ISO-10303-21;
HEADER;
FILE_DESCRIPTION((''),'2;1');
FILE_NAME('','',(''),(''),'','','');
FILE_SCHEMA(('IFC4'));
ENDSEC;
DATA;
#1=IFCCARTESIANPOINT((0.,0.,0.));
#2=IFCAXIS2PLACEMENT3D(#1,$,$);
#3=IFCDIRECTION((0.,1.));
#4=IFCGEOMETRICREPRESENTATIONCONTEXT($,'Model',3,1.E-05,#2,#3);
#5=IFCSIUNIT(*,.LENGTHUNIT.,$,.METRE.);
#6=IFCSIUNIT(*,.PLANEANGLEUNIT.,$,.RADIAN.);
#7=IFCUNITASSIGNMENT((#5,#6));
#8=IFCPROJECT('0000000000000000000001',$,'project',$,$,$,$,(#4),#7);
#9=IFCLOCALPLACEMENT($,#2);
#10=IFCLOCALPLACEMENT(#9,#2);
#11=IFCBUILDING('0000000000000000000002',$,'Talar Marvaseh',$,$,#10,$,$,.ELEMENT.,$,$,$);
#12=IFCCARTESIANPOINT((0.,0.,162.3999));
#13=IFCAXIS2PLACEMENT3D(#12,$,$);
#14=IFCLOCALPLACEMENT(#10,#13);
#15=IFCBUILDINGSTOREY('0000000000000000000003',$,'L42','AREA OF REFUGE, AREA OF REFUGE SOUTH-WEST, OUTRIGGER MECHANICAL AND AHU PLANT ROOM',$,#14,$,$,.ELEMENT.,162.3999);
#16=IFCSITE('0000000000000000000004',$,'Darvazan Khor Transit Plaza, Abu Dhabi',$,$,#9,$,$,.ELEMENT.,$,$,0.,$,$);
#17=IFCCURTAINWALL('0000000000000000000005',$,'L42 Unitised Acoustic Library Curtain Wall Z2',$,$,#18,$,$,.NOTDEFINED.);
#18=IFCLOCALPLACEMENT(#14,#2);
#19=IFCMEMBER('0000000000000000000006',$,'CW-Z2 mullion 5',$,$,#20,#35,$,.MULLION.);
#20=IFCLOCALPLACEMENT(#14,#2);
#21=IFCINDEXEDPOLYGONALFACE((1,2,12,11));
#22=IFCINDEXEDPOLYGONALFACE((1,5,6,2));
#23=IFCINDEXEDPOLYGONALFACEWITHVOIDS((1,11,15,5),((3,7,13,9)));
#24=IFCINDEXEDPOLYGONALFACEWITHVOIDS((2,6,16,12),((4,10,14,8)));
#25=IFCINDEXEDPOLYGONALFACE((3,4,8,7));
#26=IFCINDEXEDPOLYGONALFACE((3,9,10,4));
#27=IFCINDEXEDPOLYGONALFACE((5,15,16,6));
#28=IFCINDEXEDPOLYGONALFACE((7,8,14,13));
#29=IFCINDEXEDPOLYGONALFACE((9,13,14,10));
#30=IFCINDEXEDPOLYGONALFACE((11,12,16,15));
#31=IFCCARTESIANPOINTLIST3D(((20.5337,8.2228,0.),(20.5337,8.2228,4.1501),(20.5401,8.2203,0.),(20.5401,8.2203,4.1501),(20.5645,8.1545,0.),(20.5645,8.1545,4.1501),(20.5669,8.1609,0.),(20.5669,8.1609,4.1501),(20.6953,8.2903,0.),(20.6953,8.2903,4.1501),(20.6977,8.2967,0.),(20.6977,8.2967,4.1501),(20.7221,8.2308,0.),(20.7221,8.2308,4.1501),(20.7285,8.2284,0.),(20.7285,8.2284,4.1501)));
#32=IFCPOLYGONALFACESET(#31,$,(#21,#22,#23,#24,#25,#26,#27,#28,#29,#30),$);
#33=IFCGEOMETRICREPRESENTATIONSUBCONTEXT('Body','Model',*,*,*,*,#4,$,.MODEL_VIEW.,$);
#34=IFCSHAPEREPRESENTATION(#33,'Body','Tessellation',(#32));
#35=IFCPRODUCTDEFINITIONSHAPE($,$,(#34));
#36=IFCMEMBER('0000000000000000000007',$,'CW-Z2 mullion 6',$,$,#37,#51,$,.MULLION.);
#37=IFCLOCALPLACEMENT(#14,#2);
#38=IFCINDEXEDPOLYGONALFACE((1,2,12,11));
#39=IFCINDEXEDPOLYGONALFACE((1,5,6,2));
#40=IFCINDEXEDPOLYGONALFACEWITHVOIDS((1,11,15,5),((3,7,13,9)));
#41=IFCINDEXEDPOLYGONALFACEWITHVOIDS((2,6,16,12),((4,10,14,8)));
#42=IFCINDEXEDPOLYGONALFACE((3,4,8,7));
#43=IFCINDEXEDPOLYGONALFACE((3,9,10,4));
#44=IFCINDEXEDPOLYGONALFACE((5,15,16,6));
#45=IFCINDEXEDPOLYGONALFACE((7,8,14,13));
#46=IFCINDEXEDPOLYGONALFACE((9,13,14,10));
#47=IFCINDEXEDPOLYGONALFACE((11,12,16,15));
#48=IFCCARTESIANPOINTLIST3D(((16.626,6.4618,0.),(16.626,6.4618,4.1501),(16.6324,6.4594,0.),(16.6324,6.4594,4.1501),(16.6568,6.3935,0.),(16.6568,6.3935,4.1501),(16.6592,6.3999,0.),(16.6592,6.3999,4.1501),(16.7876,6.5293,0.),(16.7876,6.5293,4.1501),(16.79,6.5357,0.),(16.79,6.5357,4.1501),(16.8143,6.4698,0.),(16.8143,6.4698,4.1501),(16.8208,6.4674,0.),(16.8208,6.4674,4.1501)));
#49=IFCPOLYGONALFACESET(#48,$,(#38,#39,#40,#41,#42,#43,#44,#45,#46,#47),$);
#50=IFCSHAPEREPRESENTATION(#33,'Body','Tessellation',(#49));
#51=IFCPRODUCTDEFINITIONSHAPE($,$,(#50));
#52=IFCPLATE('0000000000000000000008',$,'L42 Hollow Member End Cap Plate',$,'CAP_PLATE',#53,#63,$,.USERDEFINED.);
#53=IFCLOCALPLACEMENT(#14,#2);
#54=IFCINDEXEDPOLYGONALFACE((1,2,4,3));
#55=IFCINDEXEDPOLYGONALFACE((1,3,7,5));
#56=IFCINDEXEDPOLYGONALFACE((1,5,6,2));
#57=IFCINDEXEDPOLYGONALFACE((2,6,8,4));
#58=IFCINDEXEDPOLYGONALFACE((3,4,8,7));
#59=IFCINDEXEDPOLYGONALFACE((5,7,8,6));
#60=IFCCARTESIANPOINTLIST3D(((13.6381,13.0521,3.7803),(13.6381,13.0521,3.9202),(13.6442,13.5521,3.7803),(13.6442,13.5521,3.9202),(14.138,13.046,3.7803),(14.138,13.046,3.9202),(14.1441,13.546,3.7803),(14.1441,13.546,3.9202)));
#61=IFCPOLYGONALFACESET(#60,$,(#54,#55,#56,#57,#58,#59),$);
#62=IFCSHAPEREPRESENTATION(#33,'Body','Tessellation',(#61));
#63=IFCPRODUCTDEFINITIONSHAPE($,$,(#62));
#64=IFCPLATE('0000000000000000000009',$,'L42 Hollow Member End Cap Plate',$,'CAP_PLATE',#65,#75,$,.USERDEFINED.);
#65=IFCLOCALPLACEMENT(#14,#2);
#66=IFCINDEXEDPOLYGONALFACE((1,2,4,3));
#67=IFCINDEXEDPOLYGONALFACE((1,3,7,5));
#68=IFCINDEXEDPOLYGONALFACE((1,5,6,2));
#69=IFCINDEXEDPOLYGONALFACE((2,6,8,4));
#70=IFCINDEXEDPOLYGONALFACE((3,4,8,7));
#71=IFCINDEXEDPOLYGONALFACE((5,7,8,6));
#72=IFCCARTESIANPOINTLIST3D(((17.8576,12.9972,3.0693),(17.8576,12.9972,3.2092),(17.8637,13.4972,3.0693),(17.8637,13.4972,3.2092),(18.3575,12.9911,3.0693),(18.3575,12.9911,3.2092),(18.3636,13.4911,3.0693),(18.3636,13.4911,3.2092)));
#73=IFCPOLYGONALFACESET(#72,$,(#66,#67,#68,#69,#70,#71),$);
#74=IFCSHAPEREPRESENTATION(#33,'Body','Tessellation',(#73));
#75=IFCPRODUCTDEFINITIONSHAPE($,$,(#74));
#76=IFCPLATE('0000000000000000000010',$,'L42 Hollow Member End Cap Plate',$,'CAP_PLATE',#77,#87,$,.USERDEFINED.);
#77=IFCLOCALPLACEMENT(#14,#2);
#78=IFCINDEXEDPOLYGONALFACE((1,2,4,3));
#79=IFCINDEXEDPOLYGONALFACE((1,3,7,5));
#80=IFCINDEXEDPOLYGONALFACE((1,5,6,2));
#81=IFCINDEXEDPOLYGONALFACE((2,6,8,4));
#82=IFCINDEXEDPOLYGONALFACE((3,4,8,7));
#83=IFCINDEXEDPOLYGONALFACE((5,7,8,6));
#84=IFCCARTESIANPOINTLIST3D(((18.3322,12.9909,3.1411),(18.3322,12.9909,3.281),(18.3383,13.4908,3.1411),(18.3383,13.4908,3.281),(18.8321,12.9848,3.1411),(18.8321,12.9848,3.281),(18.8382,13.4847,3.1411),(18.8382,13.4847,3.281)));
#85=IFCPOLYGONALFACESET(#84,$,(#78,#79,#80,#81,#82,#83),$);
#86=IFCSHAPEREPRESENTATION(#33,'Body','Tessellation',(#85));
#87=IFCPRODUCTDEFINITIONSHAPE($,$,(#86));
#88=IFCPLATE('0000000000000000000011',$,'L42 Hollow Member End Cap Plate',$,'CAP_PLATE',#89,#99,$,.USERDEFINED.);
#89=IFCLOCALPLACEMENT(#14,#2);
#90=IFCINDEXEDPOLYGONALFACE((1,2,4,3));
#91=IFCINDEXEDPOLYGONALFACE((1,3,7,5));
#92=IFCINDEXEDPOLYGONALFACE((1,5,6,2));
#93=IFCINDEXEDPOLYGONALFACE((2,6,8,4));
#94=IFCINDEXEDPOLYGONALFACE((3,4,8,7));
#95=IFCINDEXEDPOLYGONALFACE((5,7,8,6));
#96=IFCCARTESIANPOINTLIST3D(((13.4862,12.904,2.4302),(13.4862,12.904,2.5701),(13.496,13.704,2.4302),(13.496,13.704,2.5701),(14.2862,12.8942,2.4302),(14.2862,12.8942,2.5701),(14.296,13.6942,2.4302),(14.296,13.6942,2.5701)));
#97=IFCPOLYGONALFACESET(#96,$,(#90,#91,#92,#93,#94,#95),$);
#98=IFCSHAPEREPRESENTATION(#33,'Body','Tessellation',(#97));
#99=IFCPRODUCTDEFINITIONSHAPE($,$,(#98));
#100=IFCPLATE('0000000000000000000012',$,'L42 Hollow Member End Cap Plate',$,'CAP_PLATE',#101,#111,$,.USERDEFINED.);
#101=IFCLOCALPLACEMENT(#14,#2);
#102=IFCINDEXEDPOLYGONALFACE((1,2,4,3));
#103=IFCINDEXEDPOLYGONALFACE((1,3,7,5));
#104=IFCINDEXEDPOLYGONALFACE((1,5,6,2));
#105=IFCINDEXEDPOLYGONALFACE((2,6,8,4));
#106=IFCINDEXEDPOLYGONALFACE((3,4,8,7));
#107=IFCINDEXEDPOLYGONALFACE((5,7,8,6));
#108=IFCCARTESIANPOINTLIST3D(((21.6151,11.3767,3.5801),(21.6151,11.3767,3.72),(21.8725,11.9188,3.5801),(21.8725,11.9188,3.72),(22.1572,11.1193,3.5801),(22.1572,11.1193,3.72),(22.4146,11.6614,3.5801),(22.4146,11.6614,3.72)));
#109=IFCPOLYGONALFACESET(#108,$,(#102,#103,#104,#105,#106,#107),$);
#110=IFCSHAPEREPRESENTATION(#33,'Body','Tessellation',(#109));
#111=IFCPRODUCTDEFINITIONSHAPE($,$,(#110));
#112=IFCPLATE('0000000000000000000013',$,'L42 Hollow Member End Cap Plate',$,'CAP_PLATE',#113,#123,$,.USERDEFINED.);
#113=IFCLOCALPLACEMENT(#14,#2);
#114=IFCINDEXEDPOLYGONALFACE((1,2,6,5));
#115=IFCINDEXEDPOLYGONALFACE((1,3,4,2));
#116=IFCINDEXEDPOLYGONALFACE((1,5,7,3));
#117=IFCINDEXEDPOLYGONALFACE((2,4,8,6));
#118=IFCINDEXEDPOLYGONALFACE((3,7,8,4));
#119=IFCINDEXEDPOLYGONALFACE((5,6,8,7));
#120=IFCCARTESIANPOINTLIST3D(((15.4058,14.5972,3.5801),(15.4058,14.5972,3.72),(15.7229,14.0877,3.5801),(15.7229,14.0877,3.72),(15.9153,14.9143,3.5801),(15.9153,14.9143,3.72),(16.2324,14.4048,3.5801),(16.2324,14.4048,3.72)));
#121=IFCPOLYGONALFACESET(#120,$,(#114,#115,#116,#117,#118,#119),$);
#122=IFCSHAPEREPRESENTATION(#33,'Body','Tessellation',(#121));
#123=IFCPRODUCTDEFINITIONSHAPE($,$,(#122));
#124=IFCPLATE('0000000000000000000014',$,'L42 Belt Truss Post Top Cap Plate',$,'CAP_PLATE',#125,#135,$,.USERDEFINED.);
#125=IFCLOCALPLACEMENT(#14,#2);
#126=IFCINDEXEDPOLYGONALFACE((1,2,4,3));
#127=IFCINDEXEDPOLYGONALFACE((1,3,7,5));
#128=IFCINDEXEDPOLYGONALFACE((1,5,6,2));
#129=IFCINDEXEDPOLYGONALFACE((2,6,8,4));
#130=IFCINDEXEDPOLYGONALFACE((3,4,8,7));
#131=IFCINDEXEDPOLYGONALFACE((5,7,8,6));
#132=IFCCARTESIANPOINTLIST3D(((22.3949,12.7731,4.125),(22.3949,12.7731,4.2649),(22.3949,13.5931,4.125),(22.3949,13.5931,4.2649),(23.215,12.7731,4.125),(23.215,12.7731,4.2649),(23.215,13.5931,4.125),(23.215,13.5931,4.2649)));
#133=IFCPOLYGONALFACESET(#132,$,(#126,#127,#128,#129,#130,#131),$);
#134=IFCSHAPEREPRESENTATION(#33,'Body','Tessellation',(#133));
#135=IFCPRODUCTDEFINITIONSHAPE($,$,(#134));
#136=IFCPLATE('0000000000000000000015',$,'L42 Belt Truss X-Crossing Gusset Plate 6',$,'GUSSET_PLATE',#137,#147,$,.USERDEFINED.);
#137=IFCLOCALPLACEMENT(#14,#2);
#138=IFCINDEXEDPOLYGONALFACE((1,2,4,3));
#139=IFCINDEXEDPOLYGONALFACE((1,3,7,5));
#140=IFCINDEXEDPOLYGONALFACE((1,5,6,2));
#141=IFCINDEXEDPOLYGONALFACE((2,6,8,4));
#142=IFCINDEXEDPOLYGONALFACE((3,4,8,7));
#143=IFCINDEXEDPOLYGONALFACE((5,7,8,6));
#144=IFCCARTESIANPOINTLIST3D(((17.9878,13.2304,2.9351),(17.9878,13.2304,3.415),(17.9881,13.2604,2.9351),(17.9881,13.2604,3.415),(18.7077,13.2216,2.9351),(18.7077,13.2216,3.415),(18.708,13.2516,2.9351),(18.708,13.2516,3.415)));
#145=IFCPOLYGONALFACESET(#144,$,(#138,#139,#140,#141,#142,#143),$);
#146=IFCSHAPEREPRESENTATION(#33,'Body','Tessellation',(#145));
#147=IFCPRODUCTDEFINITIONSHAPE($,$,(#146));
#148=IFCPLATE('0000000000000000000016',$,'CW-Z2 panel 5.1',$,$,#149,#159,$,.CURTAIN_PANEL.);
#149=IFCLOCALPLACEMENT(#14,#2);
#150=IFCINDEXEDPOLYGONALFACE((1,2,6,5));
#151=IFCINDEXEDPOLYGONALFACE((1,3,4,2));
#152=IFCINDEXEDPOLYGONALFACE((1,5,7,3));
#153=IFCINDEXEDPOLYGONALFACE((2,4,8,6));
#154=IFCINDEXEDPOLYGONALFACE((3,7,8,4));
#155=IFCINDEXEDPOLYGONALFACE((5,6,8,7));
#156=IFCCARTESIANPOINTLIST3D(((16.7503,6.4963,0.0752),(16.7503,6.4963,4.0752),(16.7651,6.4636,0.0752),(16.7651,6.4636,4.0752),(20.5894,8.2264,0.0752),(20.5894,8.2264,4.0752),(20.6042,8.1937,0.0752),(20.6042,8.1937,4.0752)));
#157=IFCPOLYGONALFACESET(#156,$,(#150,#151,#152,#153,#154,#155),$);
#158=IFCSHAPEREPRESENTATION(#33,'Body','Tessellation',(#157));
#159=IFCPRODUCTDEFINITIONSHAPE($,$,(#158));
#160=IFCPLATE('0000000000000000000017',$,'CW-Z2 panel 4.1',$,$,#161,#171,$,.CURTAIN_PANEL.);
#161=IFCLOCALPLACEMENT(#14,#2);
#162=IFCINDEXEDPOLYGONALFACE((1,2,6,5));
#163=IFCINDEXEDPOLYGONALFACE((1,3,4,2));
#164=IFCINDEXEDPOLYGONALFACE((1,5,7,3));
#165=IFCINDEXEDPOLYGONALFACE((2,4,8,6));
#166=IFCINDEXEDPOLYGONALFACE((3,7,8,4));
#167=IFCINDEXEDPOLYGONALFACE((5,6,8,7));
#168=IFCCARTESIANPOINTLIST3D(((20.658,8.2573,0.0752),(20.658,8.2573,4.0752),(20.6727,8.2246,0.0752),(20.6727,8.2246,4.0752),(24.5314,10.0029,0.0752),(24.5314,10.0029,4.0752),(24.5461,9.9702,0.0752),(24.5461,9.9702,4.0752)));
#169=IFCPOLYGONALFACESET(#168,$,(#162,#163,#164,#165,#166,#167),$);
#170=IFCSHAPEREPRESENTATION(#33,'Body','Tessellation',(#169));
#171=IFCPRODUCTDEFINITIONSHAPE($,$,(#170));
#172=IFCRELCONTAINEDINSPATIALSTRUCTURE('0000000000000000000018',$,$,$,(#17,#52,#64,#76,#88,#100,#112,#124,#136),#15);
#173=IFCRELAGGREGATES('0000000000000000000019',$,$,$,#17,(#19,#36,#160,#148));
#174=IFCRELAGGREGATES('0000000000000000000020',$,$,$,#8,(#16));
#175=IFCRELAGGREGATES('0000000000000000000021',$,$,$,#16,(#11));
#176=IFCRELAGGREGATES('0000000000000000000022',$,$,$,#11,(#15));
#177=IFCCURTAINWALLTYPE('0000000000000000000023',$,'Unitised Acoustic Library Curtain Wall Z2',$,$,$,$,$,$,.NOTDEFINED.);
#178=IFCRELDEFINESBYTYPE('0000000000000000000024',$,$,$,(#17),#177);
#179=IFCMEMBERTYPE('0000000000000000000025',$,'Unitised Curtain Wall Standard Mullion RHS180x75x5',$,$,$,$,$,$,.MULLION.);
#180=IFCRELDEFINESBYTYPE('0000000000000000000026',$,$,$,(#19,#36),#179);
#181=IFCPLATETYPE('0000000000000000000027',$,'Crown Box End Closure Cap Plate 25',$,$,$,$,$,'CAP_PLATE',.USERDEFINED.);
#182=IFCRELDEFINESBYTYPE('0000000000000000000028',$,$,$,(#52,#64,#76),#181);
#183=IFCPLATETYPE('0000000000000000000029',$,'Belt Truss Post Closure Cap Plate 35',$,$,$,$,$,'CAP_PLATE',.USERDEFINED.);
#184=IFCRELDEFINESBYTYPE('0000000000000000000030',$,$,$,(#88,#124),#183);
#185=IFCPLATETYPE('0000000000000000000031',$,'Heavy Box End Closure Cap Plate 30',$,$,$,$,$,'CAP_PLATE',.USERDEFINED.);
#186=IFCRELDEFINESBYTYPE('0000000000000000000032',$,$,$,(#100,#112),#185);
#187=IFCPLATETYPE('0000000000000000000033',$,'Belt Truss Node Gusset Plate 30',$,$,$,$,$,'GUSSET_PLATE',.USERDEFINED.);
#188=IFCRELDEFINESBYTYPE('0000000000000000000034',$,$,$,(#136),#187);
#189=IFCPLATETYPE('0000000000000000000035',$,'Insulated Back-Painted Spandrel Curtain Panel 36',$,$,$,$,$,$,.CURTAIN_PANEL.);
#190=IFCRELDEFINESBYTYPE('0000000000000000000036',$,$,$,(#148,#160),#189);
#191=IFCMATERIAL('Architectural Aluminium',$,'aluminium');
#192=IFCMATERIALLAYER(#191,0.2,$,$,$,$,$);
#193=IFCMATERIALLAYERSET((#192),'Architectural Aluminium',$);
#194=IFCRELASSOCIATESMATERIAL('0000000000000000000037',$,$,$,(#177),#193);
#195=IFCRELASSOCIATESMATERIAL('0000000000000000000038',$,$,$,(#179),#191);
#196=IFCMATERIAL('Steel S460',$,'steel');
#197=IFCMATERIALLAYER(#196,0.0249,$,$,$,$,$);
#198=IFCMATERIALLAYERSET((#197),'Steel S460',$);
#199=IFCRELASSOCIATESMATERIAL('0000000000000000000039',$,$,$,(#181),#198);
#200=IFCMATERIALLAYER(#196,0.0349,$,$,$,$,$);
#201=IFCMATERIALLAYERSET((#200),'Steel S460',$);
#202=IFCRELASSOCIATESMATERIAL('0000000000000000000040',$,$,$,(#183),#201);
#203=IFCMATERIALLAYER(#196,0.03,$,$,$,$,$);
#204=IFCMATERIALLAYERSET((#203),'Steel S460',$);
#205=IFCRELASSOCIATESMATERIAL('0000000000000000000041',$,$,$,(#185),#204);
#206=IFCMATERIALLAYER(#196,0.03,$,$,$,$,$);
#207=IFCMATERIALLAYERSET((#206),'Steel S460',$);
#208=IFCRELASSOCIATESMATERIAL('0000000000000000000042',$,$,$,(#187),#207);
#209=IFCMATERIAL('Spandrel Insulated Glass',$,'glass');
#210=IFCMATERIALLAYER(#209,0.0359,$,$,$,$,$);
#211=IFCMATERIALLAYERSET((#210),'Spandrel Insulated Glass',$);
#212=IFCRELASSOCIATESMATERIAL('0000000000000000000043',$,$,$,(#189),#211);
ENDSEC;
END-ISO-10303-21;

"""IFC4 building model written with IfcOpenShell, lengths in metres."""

from ifc_helpers import new_model, si_unit, direction, frame, origin, origin_2d, place, context, subcontext, project, spatial, rectangle, hollow_rectangle, extrude, source, transform, mapped, material, layer, layer_set, material_profile, profile_set, type_object, type_shapes, element, aggregate, save


model = new_model("IFC4")

# Units and contexts
model_context = context("Model", 3, precision=1e-05, world=origin(), true_north=direction((0.0, 1.0)))
body_context = subcontext(model_context, "Body", "Model", "MODEL_VIEW")
ifc_project = project(units=[si_unit("LENGTHUNIT", "METRE"), si_unit("PLANEANGLEUNIT", "RADIAN")], contexts=[model_context])

# Site, building, storey
site_placement = place(None, origin())
site = spatial("IfcSite", under=ifc_project, at=site_placement, Name="Darvazan Khor Transit Plaza, Abu Dhabi", CompositionType="ELEMENT", RefElevation=0.0)
building_placement = place(site_placement, origin())
building = spatial("IfcBuilding", under=site, at=building_placement, Name="Talar Marvaseh", CompositionType="ELEMENT")
storey_placement = place(building_placement, frame((0.0, 0.0, 162.3999)))
storey = spatial("IfcBuildingStorey", under=building, at=storey_placement, Name="L42", Description="AREA OF REFUGE, AREA OF REFUGE SOUTH-WEST, OUTRIGGER MECHANICAL AND AHU PLANT ROOM", CompositionType="ELEMENT", Elevation=162.3999)

# Shared definitions
ifc_material_1 = material(Name="Steel S460", Category="steel")

# Curtain wall
ifc_material_2 = material(Name="Architectural Aluminium", Category="aluminium")
ifc_layer_1 = layer(ifc_material_2, 0.2)
ifc_layer_set_1 = layer_set([ifc_layer_1], Name="Architectural Aluminium")
curtain_wall_type = type_object("IfcCurtainWallType", Name="Unitised Acoustic Library Curtain Wall Z2", PredefinedType="NOTDEFINED", material=ifc_layer_set_1)
curtain_wall_1_placement = place(storey_placement, origin())
curtain_wall_1 = element("IfcCurtainWall", 1, at=curtain_wall_1_placement, inside=storey, type_object=curtain_wall_type, Name="L42 Unitised Acoustic Library Curtain Wall Z2", PredefinedType="NOTDEFINED")

# Members
ifc_material_profile_1 = material_profile(ifc_material_2, hollow_rectangle(XDim=0.075, YDim=0.1799, WallThickness=0.0049, at=origin_2d()), Name="RHS180x75x5")
ifc_profile_set_1 = profile_set([ifc_material_profile_1], Name="Architectural Aluminium")
member_type_1 = type_object("IfcMemberType", Name="Unitised Curtain Wall Standard Mullion RHS180x75x5", PredefinedType="MULLION", material=ifc_profile_set_1)
shared_shape_1 = source(origin(), body_context, "Body", "SweptSolid", [
    extrude(hollow_rectangle(XDim=0.075, YDim=0.1799, WallThickness=0.0049, at=origin_2d()), origin(), (0.0, 0.0, 1.0), 4.1501),
])
type_shapes(member_type_1, [shared_shape_1])
member_1_placement = place(storey_placement, frame((20.6311, 8.2256, 0.0), z_axis=(0.0, 0.0, 1.0), x_axis=(0.410862, -0.911697, 0.0)))
member_1 = element("IfcMember", 2, at=member_1_placement, type_object=member_type_1, Name="CW-Z2 mullion 5", PredefinedType="MULLION", context=body_context, shape_type="MappedRepresentation", body=[
    mapped(shared_shape_1, transform((0.0, 0.0, 0.0), x_axis=(1.0, 0.0, 0.0), y_axis=(0.0, 1.0, 0.0), z_axis=(0.0, 0.0, 1.0), scale=1.0)),
])
member_2_placement = place(storey_placement, frame((16.7234, 6.4646, 0.0), z_axis=(0.0, 0.0, 1.0), x_axis=(0.410862, -0.911697, 0.0)))
member_2 = element("IfcMember", 3, at=member_2_placement, type_object=member_type_1, Name="CW-Z2 mullion 6", PredefinedType="MULLION", context=body_context, shape_type="MappedRepresentation", body=[
    mapped(shared_shape_1, transform((0.0, 0.0, 0.0), x_axis=(1.0, 0.0, 0.0), y_axis=(0.0, 1.0, 0.0), z_axis=(0.0, 0.0, 1.0), scale=1.0)),
])

# Plates
ifc_layer_2 = layer(ifc_material_1, 0.0249)
ifc_layer_set_2 = layer_set([ifc_layer_2], Name="Steel S460")
plate_type_1 = type_object("IfcPlateType", Name="Crown Box End Closure Cap Plate 25", ElementType="CAP_PLATE", PredefinedType="USERDEFINED", material=ifc_layer_set_2)
shared_shape_2 = source(origin(), body_context, "Body", "SweptSolid", [
    extrude(rectangle(XDim=0.5, YDim=0.5, at=origin_2d()), origin(), (0.0, 0.0, 1.0), 0.1399),
])
type_shapes(plate_type_1, [shared_shape_2])
for number, where, z_axis, x_axis, name in (
    (4, (13.8911, 13.2991, 3.7803), (0.0, 0.0, 1.0), (-0.999925, 0.012217, 0.0), "L42 Hollow Member End Cap Plate"),
    (5, (18.1106, 13.2441, 3.0693), (0.0, 0.0, 1.0), (0.999925, -0.012217, 0.0), "L42 Hollow Member End Cap Plate"),
    (6, (18.5852, 13.2378, 3.1411), (0.0, 0.0, 1.0), (0.999925, -0.012217, 0.0), "L42 Hollow Member End Cap Plate"),
):
    element("IfcPlate", number, at=place(storey_placement, frame(where, z_axis=z_axis, x_axis=x_axis)), inside=storey, type_object=plate_type_1, Name=name, ObjectType="CAP_PLATE", PredefinedType="USERDEFINED", context=body_context, shape_type="MappedRepresentation", body=[
        mapped(shared_shape_2, transform((0.0, 0.0, 0.0), x_axis=(1.0, 0.0, 0.0), y_axis=(0.0, 1.0, 0.0), z_axis=(0.0, 0.0, 1.0), scale=1.0)),
    ])
ifc_layer_3 = layer(ifc_material_1, 0.0349)
ifc_layer_set_3 = layer_set([ifc_layer_3], Name="Steel S460")
plate_type_2 = type_object("IfcPlateType", Name="Belt Truss Post Closure Cap Plate 35", ElementType="CAP_PLATE", PredefinedType="USERDEFINED", material=ifc_layer_set_3)
shared_shape_3 = source(origin(), body_context, "Body", "SweptSolid", [
    extrude(rectangle(XDim=0.8, YDim=0.8, at=origin_2d()), origin(), (0.0, 0.0, 1.0), 0.1399),
])
plate_1_placement = place(storey_placement, frame((13.8911, 13.2991, 2.4302), z_axis=(0.0, 0.0, 1.0), x_axis=(-0.999925, 0.012217, 0.0)))
element("IfcPlate", 7, at=plate_1_placement, inside=storey, type_object=plate_type_2, Name="L42 Hollow Member End Cap Plate", ObjectType="CAP_PLATE", PredefinedType="USERDEFINED", context=body_context, shape_type="MappedRepresentation", body=[
    mapped(shared_shape_3, transform((0.0, 0.0, 0.0), x_axis=(1.0, 0.0, 0.0), y_axis=(0.0, 1.0, 0.0), z_axis=(0.0, 0.0, 1.0), scale=1.0)),
])
ifc_layer_4 = layer(ifc_material_1, 0.03)
ifc_layer_set_4 = layer_set([ifc_layer_4], Name="Steel S460")
plate_type_3 = type_object("IfcPlateType", Name="Heavy Box End Closure Cap Plate 30", ElementType="CAP_PLATE", PredefinedType="USERDEFINED", material=ifc_layer_set_4)
shared_shape_4 = source(origin(), body_context, "Body", "SweptSolid", [
    extrude(rectangle(XDim=0.6001, YDim=0.6001, at=origin_2d()), origin(), (0.0, 0.0, 1.0), 0.1399),
])
type_shapes(plate_type_3, [shared_shape_4])
for number, where, z_axis, x_axis, name in (
    (8, (22.0149, 11.519, 3.5801), (0.0, 0.0, 1.0), (-0.428935, -0.903335, 0.0), "L42 Hollow Member End Cap Plate"),
    (9, (15.8191, 14.501, 3.5801), (0.0, 0.0, 1.0), (0.848972, 0.528438, 0.0), "L42 Hollow Member End Cap Plate"),
):
    element("IfcPlate", number, at=place(storey_placement, frame(where, z_axis=z_axis, x_axis=x_axis)), inside=storey, type_object=plate_type_3, Name=name, ObjectType="CAP_PLATE", PredefinedType="USERDEFINED", context=body_context, shape_type="MappedRepresentation", body=[
        mapped(shared_shape_4, transform((0.0, 0.0, 0.0), x_axis=(1.0, 0.0, 0.0), y_axis=(0.0, 1.0, 0.0), z_axis=(0.0, 0.0, 1.0), scale=1.0)),
    ])
shared_shape_5 = source(origin(), body_context, "Body", "SweptSolid", [
    extrude(rectangle(XDim=0.8201, YDim=0.8201, at=origin_2d()), origin(), (0.0, 0.0, 1.0), 0.1399),
])
type_shapes(plate_type_2, [shared_shape_3, shared_shape_5])
plate_2_placement = place(storey_placement, frame((22.8049, 13.1831, 4.125), z_axis=(0.0, 0.0, 1.0), x_axis=(1.0, 0.0, 0.0)))
element("IfcPlate", 10, at=plate_2_placement, inside=storey, type_object=plate_type_2, Name="L42 Belt Truss Post Top Cap Plate", ObjectType="CAP_PLATE", PredefinedType="USERDEFINED", context=body_context, shape_type="MappedRepresentation", body=[
    mapped(shared_shape_5, transform((0.0, 0.0, 0.0), x_axis=(1.0, 0.0, 0.0), y_axis=(0.0, 1.0, 0.0), z_axis=(0.0, 0.0, 1.0), scale=1.0)),
])
ifc_layer_5 = layer(ifc_material_1, 0.03)
ifc_layer_set_5 = layer_set([ifc_layer_5], Name="Steel S460")
plate_type_4 = type_object("IfcPlateType", Name="Belt Truss Node Gusset Plate 30", ElementType="GUSSET_PLATE", PredefinedType="USERDEFINED", material=ifc_layer_set_5)
shared_shape_6 = source(origin(), body_context, "Body", "SweptSolid", [
    extrude(rectangle(XDim=0.72, YDim=0.03, at=origin_2d()), origin(), (0.0, 0.0, 1.0), 0.48),
])
type_shapes(plate_type_4, [shared_shape_6])
plate_3_placement = place(storey_placement, frame((18.3479, 13.241, 2.9351), z_axis=(0.0, 0.0, 1.0), x_axis=(-0.999925, 0.012217, 0.0)))
element("IfcPlate", 11, at=plate_3_placement, inside=storey, type_object=plate_type_4, Name="L42 Belt Truss X-Crossing Gusset Plate 6", ObjectType="GUSSET_PLATE", PredefinedType="USERDEFINED", context=body_context, shape_type="MappedRepresentation", body=[
    mapped(shared_shape_6, transform((0.0, 0.0, 0.0), x_axis=(1.0, 0.0, 0.0), y_axis=(0.0, 1.0, 0.0), z_axis=(0.0, 0.0, 1.0), scale=1.0)),
])

# Plates
ifc_material_3 = material(Name="Spandrel Insulated Glass", Category="glass")
ifc_layer_6 = layer(ifc_material_3, 0.0359)
ifc_layer_set_6 = layer_set([ifc_layer_6], Name="Spandrel Insulated Glass")
plate_type_5 = type_object("IfcPlateType", Name="Insulated Back-Painted Spandrel Curtain Panel 36", PredefinedType="CURTAIN_PANEL", material=ifc_layer_set_6)
shared_shape_7 = source(origin(), body_context, "Body", "SweptSolid", [
    extrude(rectangle(XDim=4.2109, YDim=0.0359, at=origin_2d()), origin(), (0.0, 0.0, 1.0), 4.0),
])
plate_4_placement = place(storey_placement, frame((18.6772, 7.345, 0.0752), z_axis=(0.0, 0.0, 1.0), x_axis=(-0.911697, -0.410862, 0.0)))
plate_4 = element("IfcPlate", 12, at=plate_4_placement, type_object=plate_type_5, Name="CW-Z2 panel 5.1", PredefinedType="CURTAIN_PANEL", context=body_context, shape_type="MappedRepresentation", body=[
    mapped(shared_shape_7, transform((0.0, 0.0, 0.0), x_axis=(1.0, 0.0, 0.0), y_axis=(0.0, 1.0, 0.0), z_axis=(0.0, 0.0, 1.0), scale=1.0)),
])
shared_shape_8 = source(origin(), body_context, "Body", "SweptSolid", [
    extrude(rectangle(XDim=4.2485, YDim=0.0359, at=origin_2d()), origin(), (0.0, 0.0, 1.0), 4.0),
])
type_shapes(plate_type_5, [shared_shape_7, shared_shape_8])
plate_5_placement = place(storey_placement, frame((22.6021, 9.1138, 0.0752), z_axis=(0.0, 0.0, 1.0), x_axis=(-0.911697, -0.410862, 0.0)))
plate_5 = element("IfcPlate", 13, at=plate_5_placement, type_object=plate_type_5, Name="CW-Z2 panel 4.1", PredefinedType="CURTAIN_PANEL", context=body_context, shape_type="MappedRepresentation", body=[
    mapped(shared_shape_8, transform((0.0, 0.0, 0.0), x_axis=(1.0, 0.0, 0.0), y_axis=(0.0, 1.0, 0.0), z_axis=(0.0, 0.0, 1.0), scale=1.0)),
])
aggregate(curtain_wall_1, [member_1, member_2, plate_5, plate_4])

save(model, "model.ifc")
